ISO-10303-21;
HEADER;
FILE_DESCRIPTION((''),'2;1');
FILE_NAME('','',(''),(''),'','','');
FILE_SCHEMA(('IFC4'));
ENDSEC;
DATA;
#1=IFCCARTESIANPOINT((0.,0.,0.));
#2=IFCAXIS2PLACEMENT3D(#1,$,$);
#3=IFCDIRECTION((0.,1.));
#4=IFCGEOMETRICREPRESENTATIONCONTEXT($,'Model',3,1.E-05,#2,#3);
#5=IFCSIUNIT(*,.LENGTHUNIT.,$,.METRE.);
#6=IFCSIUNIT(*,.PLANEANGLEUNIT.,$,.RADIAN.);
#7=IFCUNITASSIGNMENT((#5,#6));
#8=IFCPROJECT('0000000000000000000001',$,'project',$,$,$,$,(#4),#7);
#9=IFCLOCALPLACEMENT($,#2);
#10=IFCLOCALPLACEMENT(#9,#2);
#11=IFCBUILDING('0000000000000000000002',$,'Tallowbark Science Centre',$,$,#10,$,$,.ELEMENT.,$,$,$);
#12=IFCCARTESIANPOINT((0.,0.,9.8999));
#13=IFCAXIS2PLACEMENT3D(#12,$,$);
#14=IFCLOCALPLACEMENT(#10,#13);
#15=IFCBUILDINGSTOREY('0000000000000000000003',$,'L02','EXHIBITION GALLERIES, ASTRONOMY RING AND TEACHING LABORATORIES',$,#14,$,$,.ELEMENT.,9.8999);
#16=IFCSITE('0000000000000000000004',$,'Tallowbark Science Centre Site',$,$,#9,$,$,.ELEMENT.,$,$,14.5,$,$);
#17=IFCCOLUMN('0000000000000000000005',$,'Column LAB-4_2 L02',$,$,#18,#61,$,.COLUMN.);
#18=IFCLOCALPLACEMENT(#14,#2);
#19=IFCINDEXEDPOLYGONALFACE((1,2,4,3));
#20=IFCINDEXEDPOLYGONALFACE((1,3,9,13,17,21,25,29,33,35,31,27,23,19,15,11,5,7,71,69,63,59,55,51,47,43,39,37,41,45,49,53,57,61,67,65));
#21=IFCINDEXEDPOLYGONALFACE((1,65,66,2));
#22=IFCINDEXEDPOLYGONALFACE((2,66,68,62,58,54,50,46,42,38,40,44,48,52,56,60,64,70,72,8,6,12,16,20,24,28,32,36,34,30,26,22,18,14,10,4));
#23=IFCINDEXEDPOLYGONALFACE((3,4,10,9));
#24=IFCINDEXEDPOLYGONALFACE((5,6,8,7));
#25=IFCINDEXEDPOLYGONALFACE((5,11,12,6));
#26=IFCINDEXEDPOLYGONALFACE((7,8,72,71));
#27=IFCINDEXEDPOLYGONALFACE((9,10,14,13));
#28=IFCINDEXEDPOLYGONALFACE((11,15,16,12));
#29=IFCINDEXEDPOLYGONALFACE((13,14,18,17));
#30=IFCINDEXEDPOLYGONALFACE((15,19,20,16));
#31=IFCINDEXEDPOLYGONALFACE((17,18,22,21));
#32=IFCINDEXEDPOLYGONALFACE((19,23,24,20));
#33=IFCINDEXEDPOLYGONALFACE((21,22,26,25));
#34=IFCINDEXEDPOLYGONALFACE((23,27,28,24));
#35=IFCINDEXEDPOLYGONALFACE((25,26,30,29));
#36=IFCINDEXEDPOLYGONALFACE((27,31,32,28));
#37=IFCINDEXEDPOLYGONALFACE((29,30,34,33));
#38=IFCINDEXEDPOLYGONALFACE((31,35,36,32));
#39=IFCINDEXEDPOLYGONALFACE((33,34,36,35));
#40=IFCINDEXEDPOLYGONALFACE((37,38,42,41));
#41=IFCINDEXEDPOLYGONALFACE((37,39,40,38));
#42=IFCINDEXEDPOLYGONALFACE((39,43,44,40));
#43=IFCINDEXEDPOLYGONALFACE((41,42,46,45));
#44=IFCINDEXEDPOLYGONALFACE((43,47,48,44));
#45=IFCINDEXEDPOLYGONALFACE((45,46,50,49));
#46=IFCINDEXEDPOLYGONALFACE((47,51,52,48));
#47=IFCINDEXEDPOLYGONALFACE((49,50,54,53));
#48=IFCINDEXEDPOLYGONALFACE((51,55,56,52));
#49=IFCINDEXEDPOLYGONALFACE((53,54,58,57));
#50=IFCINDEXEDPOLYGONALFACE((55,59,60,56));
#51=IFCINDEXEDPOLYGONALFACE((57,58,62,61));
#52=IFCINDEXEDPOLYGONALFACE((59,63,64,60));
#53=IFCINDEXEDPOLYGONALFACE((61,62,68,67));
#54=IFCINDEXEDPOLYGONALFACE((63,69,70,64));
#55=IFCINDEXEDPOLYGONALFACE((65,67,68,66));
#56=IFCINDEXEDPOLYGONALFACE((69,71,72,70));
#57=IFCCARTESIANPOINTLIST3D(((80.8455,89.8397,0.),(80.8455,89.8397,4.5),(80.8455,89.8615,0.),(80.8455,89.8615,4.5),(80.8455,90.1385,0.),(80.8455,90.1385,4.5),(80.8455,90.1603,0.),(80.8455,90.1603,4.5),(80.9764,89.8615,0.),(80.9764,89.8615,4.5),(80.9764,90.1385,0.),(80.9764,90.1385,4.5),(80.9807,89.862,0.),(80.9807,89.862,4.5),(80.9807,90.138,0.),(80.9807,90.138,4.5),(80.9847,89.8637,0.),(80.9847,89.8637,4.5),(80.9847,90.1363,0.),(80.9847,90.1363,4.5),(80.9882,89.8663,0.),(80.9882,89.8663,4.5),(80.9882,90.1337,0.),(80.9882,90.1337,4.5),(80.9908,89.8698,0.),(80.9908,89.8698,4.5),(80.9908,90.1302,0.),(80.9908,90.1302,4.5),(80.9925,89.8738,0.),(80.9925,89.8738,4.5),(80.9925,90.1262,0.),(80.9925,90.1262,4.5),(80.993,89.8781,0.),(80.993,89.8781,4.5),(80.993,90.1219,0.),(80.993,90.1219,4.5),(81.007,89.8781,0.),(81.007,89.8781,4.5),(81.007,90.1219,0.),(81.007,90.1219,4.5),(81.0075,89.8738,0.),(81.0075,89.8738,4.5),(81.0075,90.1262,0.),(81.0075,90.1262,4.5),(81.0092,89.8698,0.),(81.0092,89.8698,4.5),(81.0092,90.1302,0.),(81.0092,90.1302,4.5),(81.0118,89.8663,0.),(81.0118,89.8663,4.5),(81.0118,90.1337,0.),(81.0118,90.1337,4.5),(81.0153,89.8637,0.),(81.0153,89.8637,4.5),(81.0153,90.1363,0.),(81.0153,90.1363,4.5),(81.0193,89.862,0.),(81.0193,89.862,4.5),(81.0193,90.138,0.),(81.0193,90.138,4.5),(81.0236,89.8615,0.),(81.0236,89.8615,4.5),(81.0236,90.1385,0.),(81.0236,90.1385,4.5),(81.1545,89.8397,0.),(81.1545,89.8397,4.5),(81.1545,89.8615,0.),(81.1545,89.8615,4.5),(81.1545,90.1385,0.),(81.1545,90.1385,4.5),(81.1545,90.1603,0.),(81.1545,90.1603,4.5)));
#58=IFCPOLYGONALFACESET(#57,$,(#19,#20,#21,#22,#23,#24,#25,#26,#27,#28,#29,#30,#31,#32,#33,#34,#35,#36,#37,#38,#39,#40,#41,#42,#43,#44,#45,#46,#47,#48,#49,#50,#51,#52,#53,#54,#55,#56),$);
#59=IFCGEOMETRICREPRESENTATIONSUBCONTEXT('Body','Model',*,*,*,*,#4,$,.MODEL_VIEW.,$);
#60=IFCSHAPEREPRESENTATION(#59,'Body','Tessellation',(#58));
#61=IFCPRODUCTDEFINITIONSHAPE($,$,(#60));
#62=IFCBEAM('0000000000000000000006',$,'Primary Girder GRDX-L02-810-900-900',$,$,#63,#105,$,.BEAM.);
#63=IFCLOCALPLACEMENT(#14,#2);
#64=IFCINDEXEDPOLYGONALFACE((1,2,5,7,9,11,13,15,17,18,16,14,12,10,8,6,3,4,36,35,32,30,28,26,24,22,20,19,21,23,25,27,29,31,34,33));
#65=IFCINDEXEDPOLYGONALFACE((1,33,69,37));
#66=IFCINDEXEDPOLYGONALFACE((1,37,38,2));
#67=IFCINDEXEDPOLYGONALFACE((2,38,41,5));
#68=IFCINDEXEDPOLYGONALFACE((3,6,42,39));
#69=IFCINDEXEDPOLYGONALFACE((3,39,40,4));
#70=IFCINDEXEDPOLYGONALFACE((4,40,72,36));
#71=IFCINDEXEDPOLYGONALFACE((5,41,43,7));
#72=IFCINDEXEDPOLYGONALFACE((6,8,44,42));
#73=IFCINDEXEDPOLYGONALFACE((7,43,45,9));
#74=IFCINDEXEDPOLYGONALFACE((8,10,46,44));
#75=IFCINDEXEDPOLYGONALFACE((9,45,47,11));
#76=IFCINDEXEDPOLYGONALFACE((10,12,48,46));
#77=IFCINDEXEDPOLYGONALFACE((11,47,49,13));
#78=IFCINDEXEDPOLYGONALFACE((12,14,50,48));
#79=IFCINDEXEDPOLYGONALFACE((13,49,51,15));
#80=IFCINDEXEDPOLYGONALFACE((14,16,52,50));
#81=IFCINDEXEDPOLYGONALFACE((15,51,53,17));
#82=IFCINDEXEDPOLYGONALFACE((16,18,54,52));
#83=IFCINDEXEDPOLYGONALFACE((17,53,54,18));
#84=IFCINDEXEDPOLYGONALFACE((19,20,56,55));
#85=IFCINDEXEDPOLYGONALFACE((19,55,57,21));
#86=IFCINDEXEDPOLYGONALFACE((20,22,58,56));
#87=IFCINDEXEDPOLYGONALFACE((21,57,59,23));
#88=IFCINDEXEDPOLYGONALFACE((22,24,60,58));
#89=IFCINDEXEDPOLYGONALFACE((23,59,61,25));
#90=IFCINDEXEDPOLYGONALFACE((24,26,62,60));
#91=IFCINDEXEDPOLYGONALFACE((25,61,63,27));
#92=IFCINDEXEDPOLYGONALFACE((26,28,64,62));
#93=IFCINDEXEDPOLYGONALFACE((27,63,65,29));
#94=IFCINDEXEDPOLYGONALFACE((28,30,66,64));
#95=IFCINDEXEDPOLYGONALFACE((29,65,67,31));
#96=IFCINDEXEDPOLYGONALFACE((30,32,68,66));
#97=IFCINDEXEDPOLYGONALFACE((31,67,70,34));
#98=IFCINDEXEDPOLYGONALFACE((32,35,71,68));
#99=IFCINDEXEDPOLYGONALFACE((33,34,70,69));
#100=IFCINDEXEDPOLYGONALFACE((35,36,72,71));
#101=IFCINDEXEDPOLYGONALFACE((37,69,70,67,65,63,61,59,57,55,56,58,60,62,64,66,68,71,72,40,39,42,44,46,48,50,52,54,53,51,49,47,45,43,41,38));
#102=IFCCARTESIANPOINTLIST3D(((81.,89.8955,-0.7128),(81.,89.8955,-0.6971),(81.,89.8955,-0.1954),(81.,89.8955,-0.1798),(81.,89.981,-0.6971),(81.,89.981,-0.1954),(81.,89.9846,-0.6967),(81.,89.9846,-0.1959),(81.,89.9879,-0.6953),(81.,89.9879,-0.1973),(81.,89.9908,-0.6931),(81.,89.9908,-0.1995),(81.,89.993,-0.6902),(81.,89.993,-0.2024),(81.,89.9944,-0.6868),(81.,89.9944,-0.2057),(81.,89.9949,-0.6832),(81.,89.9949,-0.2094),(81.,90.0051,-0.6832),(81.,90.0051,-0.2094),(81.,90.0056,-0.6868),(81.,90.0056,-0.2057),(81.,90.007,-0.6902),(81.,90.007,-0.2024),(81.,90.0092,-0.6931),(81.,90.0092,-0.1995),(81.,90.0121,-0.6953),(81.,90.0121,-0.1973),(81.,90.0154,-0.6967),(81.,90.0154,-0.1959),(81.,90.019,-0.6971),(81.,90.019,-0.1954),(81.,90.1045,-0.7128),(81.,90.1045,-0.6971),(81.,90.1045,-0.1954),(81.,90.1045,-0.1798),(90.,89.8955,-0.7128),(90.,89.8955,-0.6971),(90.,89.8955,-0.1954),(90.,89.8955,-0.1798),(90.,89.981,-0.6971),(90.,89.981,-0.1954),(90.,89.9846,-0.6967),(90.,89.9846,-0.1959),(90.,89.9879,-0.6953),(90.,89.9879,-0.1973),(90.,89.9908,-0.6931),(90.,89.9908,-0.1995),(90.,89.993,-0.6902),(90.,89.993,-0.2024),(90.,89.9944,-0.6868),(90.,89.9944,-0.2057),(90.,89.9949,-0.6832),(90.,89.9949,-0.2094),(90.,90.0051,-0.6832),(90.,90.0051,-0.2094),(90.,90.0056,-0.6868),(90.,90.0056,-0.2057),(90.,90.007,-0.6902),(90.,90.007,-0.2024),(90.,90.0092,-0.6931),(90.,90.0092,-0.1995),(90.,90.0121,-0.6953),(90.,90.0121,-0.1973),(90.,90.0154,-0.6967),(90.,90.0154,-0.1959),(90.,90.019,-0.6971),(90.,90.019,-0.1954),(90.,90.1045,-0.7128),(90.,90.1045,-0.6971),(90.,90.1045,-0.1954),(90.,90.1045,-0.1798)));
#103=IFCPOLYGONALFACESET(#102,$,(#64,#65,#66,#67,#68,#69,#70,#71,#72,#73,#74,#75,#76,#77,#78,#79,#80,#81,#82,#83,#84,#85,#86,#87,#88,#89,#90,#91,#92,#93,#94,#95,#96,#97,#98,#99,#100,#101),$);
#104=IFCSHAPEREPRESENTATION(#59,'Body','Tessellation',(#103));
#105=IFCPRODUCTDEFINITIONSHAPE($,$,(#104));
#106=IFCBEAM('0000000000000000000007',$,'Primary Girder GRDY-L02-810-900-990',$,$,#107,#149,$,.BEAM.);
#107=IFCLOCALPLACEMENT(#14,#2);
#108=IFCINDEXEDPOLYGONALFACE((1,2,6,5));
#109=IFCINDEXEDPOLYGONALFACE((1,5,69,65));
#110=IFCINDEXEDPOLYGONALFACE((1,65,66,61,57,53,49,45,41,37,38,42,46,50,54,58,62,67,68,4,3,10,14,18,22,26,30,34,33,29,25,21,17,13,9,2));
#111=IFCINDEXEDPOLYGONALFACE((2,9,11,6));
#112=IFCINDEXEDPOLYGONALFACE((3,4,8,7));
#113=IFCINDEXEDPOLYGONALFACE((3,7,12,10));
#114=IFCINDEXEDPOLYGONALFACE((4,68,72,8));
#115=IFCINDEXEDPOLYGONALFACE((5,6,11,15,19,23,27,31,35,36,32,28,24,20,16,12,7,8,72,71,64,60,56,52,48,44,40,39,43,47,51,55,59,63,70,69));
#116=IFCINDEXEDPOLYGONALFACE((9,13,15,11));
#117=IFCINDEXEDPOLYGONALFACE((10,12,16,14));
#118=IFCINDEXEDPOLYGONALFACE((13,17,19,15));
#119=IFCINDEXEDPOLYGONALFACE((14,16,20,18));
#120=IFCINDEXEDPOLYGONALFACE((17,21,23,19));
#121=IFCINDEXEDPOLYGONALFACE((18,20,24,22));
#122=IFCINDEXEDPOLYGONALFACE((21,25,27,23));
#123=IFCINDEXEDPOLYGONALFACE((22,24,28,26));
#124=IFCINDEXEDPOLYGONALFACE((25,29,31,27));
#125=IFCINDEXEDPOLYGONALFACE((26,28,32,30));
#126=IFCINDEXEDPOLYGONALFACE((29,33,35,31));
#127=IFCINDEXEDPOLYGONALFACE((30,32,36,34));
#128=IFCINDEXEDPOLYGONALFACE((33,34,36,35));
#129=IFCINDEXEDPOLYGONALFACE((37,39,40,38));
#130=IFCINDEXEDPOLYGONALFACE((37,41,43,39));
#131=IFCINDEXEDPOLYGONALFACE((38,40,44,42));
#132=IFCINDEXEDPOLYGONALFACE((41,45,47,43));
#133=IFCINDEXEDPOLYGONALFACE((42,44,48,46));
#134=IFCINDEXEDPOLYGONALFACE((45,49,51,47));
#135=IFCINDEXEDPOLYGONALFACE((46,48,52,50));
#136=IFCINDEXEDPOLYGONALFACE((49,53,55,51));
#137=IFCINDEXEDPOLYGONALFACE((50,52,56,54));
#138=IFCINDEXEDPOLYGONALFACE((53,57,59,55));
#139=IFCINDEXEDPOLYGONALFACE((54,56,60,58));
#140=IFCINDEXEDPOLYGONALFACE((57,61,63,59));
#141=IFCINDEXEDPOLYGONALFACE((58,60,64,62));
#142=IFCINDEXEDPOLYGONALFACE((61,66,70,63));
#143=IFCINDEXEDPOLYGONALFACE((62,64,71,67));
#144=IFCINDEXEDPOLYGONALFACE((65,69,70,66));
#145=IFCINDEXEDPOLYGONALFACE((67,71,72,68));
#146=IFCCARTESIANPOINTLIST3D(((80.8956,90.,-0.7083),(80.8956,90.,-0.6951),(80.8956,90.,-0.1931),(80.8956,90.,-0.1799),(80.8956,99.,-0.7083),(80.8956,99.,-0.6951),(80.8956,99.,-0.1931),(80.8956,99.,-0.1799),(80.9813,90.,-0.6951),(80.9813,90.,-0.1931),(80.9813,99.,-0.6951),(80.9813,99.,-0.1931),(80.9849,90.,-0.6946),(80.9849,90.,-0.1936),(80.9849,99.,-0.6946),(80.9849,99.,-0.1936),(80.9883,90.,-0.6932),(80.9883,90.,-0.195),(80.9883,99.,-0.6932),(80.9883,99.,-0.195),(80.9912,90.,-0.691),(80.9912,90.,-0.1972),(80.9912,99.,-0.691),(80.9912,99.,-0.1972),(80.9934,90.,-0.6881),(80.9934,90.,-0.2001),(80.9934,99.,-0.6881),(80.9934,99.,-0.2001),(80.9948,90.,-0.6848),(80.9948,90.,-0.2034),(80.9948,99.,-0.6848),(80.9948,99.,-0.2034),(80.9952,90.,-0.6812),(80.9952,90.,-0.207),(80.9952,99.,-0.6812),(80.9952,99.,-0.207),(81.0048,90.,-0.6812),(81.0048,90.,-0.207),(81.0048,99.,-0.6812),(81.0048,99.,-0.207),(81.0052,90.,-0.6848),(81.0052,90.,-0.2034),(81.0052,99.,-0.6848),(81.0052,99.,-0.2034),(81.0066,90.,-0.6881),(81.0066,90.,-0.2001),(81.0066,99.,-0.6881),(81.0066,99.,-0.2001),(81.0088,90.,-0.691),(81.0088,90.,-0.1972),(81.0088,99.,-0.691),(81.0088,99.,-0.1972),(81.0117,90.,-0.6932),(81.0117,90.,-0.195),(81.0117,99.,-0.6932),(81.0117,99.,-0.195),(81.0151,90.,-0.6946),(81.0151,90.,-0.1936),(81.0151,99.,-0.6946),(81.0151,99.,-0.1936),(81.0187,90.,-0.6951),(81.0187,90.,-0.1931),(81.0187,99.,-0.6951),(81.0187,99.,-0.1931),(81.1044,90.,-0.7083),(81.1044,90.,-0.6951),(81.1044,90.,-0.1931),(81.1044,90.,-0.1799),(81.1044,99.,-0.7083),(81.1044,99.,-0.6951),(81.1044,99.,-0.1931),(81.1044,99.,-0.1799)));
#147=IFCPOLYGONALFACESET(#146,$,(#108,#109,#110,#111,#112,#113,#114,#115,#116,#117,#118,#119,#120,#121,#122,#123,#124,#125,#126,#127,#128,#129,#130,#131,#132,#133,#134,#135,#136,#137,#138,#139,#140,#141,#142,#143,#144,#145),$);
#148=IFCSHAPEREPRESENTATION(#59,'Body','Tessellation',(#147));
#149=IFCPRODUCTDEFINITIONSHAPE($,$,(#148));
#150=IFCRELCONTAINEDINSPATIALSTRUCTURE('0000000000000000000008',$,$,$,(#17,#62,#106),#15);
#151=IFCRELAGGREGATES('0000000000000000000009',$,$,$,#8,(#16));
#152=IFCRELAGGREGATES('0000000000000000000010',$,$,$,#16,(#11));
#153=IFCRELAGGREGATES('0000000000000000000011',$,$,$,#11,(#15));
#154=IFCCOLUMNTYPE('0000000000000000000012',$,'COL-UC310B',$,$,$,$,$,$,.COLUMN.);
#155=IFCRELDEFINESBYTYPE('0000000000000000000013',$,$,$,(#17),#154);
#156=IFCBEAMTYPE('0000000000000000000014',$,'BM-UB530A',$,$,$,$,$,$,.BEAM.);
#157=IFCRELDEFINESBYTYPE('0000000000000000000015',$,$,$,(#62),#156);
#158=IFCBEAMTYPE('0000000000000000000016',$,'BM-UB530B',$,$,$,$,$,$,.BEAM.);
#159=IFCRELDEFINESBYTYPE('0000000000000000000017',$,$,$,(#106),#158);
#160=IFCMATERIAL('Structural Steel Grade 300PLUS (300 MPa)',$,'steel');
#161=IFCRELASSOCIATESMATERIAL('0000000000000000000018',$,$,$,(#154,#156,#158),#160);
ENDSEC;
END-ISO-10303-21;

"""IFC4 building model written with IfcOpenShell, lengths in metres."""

from ifc_helpers import new_model, si_unit, direction, frame, origin, origin_2d, place, context, subcontext, project, spatial, i_section, extrude, material, material_profile, profile_set, type_object, element, save


model = new_model("IFC4")

# Units and contexts
model_context = context("Model", 3, precision=1e-05, world=origin(), true_north=direction((0.0, 1.0)))
body_context = subcontext(model_context, "Body", "Model", "MODEL_VIEW")
ifc_project = project(units=[si_unit("LENGTHUNIT", "METRE"), si_unit("PLANEANGLEUNIT", "RADIAN")], contexts=[model_context])

# Site, building, storey
site_placement = place(None, origin())
site = spatial("IfcSite", under=ifc_project, at=site_placement, Name="Tallowbark Science Centre Site", CompositionType="ELEMENT", RefElevation=14.5)
building_placement = place(site_placement, origin())
building = spatial("IfcBuilding", under=site, at=building_placement, Name="Tallowbark Science Centre", CompositionType="ELEMENT")
storey_placement = place(building_placement, frame((0.0, 0.0, 9.8999)))
storey = spatial("IfcBuildingStorey", under=building, at=storey_placement, Name="L02", Description="EXHIBITION GALLERIES, ASTRONOMY RING AND TEACHING LABORATORIES", CompositionType="ELEMENT", Elevation=9.8999)

# Column
ifc_material_1 = material(Name="Structural Steel Grade 300PLUS (300 MPa)", Category="steel")
ifc_material_profile_1 = material_profile(ifc_material_1, i_section(OverallWidth=0.3091, OverallDepth=0.3206, WebThickness=0.0139, FlangeThickness=0.0217, FilletRadius=0.0166, at=origin_2d()), Name="310UC137")
ifc_profile_set_1 = profile_set([ifc_material_profile_1], Name="Structural Steel Grade 300PLUS (300 MPa)")
column_type = type_object("IfcColumnType", Name="COL-UC310B", PredefinedType="COLUMN", material=ifc_profile_set_1)
column_placement = place(storey_placement, frame((81.0, 90.0, 0.0), z_axis=(0.0, 0.0, 1.0), x_axis=(1.0, 0.0, 0.0)))
element("IfcColumn", 1, at=column_placement, inside=storey, type_object=column_type, Name="Column LAB-4_2 L02", PredefinedType="COLUMN", context=body_context, shape_type="SweptSolid", body=[
    extrude(i_section(OverallWidth=0.3091, OverallDepth=0.3206, WebThickness=0.0139, FlangeThickness=0.0217, FilletRadius=0.0166, at=origin_2d()), origin(), (0.0, 0.0, 1.0), 4.5),
])

# Beams
ifc_material_profile_2 = material_profile(ifc_material_1, i_section(OverallWidth=0.209, OverallDepth=0.533, WebThickness=0.0103, FlangeThickness=0.0156, FilletRadius=0.0139, at=origin_2d()), Name="530UB92.4")
ifc_profile_set_2 = profile_set([ifc_material_profile_2], Name="Structural Steel Grade 300PLUS (300 MPa)")
beam_type_1 = type_object("IfcBeamType", Name="BM-UB530A", PredefinedType="BEAM", material=ifc_profile_set_2)
beam_1_placement = place(storey_placement, frame((81.0, 90.0, -0.4463), z_axis=(1.0, 0.0, 0.0), x_axis=(0.0, 1.0, 0.0)))
element("IfcBeam", 2, at=beam_1_placement, inside=storey, type_object=beam_type_1, Name="Primary Girder GRDX-L02-810-900-900", PredefinedType="BEAM", context=body_context, shape_type="SweptSolid", body=[
    extrude(i_section(OverallWidth=0.209, OverallDepth=0.533, WebThickness=0.0103, FlangeThickness=0.0156, FilletRadius=0.0139, at=origin_2d()), origin(), (0.0, 0.0, 1.0), 9.0),
])
ifc_material_profile_3 = material_profile(ifc_material_1, i_section(OverallWidth=0.2087, OverallDepth=0.5283, WebThickness=0.0095, FlangeThickness=0.0132, FilletRadius=0.0139, at=origin_2d()), Name="530UB82.0")
ifc_profile_set_3 = profile_set([ifc_material_profile_3], Name="Structural Steel Grade 300PLUS (300 MPa)")
beam_type_2 = type_object("IfcBeamType", Name="BM-UB530B", PredefinedType="BEAM", material=ifc_profile_set_3)
beam_2_placement = place(storey_placement, frame((81.0, 90.0, -0.4441), z_axis=(0.0, 1.0, 0.0), x_axis=(-1.0, 0.0, 0.0)))
element("IfcBeam", 3, at=beam_2_placement, inside=storey, type_object=beam_type_2, Name="Primary Girder GRDY-L02-810-900-990", PredefinedType="BEAM", context=body_context, shape_type="SweptSolid", body=[
    extrude(i_section(OverallWidth=0.2087, OverallDepth=0.5283, WebThickness=0.0095, FlangeThickness=0.0132, FilletRadius=0.0139, at=origin_2d()), origin(), (0.0, 0.0, 1.0), 9.0),
])

save(model, "model.ifc")
